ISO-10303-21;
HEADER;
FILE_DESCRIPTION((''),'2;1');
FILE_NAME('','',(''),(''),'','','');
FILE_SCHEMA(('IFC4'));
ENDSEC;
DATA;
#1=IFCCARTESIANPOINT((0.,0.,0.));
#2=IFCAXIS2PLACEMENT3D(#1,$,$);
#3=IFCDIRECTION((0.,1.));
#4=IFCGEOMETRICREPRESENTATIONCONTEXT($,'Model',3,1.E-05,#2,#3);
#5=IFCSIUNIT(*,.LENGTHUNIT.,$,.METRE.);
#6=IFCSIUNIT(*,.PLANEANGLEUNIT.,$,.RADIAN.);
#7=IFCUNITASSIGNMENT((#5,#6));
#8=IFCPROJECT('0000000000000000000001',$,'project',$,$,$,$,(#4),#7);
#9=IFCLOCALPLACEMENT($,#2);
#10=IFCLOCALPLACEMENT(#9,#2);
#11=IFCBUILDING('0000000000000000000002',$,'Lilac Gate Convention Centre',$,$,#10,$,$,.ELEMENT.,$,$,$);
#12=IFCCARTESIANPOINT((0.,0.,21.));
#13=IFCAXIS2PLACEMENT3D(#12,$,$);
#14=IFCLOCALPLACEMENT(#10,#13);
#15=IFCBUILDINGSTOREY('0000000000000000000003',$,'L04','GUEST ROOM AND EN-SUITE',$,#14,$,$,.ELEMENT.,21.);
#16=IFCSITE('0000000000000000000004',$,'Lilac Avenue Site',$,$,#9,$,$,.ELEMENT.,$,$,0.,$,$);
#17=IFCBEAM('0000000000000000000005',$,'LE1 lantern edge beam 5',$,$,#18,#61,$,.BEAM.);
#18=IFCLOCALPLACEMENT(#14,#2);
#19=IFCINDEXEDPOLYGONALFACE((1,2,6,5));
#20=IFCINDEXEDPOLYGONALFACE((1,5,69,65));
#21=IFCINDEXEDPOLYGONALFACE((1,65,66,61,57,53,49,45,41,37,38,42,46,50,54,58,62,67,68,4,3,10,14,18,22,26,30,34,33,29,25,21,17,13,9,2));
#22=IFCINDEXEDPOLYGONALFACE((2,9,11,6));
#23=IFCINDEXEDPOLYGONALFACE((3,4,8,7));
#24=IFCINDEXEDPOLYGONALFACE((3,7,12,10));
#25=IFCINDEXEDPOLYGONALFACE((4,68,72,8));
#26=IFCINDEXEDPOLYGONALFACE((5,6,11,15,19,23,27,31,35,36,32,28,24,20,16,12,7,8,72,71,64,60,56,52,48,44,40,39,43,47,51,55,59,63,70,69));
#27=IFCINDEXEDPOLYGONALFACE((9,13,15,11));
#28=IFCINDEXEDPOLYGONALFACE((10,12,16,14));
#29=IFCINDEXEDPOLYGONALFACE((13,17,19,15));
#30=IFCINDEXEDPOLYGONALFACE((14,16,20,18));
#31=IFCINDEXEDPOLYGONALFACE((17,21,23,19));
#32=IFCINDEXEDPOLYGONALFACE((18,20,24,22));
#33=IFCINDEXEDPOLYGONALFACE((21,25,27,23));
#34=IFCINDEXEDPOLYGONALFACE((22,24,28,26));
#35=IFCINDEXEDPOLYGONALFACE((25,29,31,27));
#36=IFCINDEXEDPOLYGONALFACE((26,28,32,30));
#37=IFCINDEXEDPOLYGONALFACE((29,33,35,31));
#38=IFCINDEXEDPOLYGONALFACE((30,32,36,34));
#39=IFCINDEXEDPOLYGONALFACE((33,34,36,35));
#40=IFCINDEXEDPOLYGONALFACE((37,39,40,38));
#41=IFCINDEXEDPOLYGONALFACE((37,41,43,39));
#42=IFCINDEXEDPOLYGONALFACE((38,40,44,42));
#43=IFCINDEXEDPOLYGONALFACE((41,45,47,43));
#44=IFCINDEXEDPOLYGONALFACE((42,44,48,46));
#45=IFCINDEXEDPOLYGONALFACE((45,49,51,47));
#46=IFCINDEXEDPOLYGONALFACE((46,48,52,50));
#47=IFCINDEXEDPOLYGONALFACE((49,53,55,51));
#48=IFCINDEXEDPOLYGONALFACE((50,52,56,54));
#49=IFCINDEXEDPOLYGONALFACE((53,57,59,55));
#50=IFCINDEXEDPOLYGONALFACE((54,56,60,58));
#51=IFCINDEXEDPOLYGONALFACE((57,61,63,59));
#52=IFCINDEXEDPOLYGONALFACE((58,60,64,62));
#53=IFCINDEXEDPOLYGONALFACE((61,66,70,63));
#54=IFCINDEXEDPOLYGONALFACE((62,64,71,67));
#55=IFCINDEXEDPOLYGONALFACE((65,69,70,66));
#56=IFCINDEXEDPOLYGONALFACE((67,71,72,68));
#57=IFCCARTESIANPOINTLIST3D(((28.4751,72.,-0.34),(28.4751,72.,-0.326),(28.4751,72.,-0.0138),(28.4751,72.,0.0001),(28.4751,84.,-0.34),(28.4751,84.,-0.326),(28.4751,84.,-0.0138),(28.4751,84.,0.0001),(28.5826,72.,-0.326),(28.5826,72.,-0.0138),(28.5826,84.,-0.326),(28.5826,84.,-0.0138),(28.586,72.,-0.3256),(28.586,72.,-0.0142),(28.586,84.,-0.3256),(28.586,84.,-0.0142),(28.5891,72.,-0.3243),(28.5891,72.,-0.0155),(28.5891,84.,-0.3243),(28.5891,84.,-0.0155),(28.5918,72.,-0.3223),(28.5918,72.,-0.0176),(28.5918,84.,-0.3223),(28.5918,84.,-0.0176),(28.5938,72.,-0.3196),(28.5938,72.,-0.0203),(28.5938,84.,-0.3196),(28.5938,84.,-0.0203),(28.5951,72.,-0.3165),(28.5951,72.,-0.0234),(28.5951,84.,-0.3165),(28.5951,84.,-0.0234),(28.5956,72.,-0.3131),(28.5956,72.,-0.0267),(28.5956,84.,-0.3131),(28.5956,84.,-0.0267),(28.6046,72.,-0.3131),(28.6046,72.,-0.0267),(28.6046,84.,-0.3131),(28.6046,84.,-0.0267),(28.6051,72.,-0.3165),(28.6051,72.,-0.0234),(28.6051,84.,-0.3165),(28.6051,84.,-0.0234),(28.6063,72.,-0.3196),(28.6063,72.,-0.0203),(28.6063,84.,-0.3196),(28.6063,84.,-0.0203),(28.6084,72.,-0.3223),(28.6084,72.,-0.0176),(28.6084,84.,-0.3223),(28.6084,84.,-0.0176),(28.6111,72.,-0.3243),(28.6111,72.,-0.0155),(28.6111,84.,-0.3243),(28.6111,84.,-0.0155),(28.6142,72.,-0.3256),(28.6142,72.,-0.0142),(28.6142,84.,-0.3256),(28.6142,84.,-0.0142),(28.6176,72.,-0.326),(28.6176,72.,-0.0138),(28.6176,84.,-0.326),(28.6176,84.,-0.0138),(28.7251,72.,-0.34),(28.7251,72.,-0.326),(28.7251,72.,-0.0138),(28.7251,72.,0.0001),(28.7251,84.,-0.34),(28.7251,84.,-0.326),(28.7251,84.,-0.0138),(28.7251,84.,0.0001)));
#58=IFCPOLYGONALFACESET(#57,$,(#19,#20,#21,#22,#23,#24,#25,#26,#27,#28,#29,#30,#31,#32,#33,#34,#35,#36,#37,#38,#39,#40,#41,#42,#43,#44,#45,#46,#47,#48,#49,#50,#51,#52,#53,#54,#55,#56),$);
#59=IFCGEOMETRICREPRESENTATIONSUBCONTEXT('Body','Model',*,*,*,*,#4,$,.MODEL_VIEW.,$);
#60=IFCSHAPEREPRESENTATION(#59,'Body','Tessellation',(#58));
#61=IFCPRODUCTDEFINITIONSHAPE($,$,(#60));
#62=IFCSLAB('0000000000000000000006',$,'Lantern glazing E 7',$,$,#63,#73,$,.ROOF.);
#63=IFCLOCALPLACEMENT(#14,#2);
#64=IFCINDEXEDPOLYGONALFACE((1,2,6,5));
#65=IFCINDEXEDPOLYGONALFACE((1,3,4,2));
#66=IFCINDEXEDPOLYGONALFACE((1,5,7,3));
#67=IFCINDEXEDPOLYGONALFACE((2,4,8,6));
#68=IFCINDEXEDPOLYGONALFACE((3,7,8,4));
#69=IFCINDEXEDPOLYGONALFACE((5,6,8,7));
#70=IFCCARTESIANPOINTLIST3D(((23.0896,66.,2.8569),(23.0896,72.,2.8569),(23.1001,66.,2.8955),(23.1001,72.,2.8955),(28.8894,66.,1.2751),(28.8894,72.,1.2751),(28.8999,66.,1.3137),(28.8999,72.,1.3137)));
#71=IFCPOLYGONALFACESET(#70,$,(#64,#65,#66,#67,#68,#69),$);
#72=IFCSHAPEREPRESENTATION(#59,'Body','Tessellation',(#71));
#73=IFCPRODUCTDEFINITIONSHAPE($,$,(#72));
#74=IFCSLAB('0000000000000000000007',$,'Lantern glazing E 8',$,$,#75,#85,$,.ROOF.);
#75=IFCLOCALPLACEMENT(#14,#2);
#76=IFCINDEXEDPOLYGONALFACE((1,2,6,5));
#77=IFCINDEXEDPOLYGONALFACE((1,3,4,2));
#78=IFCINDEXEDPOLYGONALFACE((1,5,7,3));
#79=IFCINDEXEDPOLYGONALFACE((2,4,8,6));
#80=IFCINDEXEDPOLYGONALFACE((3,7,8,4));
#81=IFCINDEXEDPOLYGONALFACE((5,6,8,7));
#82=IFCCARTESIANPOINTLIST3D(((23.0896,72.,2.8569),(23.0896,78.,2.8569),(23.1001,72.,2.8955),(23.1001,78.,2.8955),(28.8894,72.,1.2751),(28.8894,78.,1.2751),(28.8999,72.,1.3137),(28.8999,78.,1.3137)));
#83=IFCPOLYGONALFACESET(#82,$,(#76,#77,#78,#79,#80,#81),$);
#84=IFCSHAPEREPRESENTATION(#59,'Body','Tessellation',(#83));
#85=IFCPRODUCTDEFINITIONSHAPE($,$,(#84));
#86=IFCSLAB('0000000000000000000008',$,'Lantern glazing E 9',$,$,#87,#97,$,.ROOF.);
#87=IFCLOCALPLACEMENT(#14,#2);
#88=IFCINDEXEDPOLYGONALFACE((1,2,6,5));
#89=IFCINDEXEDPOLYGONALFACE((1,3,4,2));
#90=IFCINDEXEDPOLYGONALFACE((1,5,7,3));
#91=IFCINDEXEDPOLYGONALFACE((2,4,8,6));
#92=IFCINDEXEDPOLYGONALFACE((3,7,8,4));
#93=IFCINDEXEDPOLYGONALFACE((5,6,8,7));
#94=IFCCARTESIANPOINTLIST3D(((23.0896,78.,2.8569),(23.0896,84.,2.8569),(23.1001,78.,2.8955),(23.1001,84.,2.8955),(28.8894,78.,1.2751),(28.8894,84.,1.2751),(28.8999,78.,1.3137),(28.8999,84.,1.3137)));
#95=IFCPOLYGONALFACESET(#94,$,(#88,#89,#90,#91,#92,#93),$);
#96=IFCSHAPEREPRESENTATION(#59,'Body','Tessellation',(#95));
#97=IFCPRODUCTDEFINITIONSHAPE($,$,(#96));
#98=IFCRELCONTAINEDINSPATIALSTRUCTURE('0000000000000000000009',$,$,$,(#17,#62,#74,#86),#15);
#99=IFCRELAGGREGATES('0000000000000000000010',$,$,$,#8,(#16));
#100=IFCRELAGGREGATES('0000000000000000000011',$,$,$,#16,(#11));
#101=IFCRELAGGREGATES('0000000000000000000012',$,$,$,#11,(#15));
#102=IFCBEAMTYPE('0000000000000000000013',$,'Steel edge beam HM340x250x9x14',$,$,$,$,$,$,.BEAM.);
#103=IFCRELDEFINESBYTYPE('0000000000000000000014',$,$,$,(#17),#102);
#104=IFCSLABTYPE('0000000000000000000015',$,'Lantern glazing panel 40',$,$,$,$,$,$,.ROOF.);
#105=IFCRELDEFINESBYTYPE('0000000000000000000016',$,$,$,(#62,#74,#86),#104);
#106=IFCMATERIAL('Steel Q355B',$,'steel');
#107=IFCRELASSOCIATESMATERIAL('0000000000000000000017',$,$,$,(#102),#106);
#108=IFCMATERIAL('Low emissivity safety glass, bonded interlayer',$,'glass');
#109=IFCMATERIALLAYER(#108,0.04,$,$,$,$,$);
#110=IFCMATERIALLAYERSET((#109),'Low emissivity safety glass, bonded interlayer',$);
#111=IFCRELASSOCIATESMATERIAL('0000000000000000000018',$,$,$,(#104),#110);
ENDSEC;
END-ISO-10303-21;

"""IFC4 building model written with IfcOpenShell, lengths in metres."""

from ifc_helpers import new_model, si_unit, direction, frame, origin, origin_2d, place, context, subcontext, project, spatial, polyline, i_section, outline, extrude, material, layer, layer_set, material_profile, profile_set, type_object, element, save


model = new_model("IFC4")

# Units and contexts
model_context = context("Model", 3, precision=1e-05, world=origin(), true_north=direction((0.0, 1.0)))
body_context = subcontext(model_context, "Body", "Model", "MODEL_VIEW")
ifc_project = project(units=[si_unit("LENGTHUNIT", "METRE"), si_unit("PLANEANGLEUNIT", "RADIAN")], contexts=[model_context])

# Site, building, storey
site_placement = place(None, origin())
site = spatial("IfcSite", under=ifc_project, at=site_placement, Name="Lilac Avenue Site", CompositionType="ELEMENT", RefElevation=0.0)
building_placement = place(site_placement, origin())
building = spatial("IfcBuilding", under=site, at=building_placement, Name="Lilac Gate Convention Centre", CompositionType="ELEMENT")
storey_placement = place(building_placement, frame((0.0, 0.0, 21.0)))
storey = spatial("IfcBuildingStorey", under=building, at=storey_placement, Name="L04", Description="GUEST ROOM AND EN-SUITE", CompositionType="ELEMENT", Elevation=21.0)

# Shared definitions
ifc_material_1 = material(Name="Steel Q355B", Category="steel")

# Beam
ifc_material_profile_1 = material_profile(ifc_material_1, i_section(OverallWidth=0.25, OverallDepth=0.3401, WebThickness=0.009, FlangeThickness=0.0139, FilletRadius=0.0129, at=origin_2d()), Name="HM340x250x9x14")
ifc_profile_set_1 = profile_set([ifc_material_profile_1], Name="Steel Q355B")
beam_type = type_object("IfcBeamType", Name="Steel edge beam HM340x250x9x14", PredefinedType="BEAM", material=ifc_profile_set_1)
beam_placement = place(storey_placement, frame((28.6001, 72.0, -0.1699), z_axis=(0.0, 1.0, 0.0), x_axis=(-1.0, 0.0, 0.0)))
element("IfcBeam", 1, at=beam_placement, inside=storey, type_object=beam_type, Name="LE1 lantern edge beam 5", PredefinedType="BEAM", context=body_context, shape_type="SweptSolid", body=[
    extrude(i_section(OverallWidth=0.25, OverallDepth=0.3401, WebThickness=0.009, FlangeThickness=0.0139, FilletRadius=0.0129, at=origin_2d()), origin(), (0.0, 0.0, 1.0), 12.0),
])

# Slabs
ifc_material_2 = material(Name="Low emissivity safety glass, bonded interlayer", Category="glass")
ifc_layer = layer(ifc_material_2, 0.04)
ifc_layer_set = layer_set([ifc_layer], Name="Low emissivity safety glass, bonded interlayer")
slab_type = type_object("IfcSlabType", Name="Lantern glazing panel 40", PredefinedType="ROOF", material=ifc_layer_set)
for number, where, z_axis, x_axis, name in (
    (2, (23.1001, 66.0, 2.8955), (0.263121, 0.0, 0.964763), (0.964763, 0.0, -0.263121), "Lantern glazing E 7"),
    (3, (23.1001, 72.0, 2.8955), (0.263121, 0.0, 0.964763), (0.964763, 0.0, -0.263121), "Lantern glazing E 8"),
    (4, (23.1001, 78.0, 2.8955), (0.263121, 0.0, 0.964763), (0.964763, 0.0, -0.263121), "Lantern glazing E 9"),
):
    element("IfcSlab", number, at=place(storey_placement, frame(where, z_axis=z_axis, x_axis=x_axis)), inside=storey, type_object=slab_type, Name=name, PredefinedType="ROOF", context=body_context, shape_type="SweptSolid", body=[
        extrude(outline(polyline([(0.0, 0.0), (6.0116, 0.0), (6.0116, 6.0), (0.0, 6.0), (0.0, 0.0)])), origin(), (0.0, 0.0, -1.0), 0.04),
    ])

save(model, "model.ifc")
